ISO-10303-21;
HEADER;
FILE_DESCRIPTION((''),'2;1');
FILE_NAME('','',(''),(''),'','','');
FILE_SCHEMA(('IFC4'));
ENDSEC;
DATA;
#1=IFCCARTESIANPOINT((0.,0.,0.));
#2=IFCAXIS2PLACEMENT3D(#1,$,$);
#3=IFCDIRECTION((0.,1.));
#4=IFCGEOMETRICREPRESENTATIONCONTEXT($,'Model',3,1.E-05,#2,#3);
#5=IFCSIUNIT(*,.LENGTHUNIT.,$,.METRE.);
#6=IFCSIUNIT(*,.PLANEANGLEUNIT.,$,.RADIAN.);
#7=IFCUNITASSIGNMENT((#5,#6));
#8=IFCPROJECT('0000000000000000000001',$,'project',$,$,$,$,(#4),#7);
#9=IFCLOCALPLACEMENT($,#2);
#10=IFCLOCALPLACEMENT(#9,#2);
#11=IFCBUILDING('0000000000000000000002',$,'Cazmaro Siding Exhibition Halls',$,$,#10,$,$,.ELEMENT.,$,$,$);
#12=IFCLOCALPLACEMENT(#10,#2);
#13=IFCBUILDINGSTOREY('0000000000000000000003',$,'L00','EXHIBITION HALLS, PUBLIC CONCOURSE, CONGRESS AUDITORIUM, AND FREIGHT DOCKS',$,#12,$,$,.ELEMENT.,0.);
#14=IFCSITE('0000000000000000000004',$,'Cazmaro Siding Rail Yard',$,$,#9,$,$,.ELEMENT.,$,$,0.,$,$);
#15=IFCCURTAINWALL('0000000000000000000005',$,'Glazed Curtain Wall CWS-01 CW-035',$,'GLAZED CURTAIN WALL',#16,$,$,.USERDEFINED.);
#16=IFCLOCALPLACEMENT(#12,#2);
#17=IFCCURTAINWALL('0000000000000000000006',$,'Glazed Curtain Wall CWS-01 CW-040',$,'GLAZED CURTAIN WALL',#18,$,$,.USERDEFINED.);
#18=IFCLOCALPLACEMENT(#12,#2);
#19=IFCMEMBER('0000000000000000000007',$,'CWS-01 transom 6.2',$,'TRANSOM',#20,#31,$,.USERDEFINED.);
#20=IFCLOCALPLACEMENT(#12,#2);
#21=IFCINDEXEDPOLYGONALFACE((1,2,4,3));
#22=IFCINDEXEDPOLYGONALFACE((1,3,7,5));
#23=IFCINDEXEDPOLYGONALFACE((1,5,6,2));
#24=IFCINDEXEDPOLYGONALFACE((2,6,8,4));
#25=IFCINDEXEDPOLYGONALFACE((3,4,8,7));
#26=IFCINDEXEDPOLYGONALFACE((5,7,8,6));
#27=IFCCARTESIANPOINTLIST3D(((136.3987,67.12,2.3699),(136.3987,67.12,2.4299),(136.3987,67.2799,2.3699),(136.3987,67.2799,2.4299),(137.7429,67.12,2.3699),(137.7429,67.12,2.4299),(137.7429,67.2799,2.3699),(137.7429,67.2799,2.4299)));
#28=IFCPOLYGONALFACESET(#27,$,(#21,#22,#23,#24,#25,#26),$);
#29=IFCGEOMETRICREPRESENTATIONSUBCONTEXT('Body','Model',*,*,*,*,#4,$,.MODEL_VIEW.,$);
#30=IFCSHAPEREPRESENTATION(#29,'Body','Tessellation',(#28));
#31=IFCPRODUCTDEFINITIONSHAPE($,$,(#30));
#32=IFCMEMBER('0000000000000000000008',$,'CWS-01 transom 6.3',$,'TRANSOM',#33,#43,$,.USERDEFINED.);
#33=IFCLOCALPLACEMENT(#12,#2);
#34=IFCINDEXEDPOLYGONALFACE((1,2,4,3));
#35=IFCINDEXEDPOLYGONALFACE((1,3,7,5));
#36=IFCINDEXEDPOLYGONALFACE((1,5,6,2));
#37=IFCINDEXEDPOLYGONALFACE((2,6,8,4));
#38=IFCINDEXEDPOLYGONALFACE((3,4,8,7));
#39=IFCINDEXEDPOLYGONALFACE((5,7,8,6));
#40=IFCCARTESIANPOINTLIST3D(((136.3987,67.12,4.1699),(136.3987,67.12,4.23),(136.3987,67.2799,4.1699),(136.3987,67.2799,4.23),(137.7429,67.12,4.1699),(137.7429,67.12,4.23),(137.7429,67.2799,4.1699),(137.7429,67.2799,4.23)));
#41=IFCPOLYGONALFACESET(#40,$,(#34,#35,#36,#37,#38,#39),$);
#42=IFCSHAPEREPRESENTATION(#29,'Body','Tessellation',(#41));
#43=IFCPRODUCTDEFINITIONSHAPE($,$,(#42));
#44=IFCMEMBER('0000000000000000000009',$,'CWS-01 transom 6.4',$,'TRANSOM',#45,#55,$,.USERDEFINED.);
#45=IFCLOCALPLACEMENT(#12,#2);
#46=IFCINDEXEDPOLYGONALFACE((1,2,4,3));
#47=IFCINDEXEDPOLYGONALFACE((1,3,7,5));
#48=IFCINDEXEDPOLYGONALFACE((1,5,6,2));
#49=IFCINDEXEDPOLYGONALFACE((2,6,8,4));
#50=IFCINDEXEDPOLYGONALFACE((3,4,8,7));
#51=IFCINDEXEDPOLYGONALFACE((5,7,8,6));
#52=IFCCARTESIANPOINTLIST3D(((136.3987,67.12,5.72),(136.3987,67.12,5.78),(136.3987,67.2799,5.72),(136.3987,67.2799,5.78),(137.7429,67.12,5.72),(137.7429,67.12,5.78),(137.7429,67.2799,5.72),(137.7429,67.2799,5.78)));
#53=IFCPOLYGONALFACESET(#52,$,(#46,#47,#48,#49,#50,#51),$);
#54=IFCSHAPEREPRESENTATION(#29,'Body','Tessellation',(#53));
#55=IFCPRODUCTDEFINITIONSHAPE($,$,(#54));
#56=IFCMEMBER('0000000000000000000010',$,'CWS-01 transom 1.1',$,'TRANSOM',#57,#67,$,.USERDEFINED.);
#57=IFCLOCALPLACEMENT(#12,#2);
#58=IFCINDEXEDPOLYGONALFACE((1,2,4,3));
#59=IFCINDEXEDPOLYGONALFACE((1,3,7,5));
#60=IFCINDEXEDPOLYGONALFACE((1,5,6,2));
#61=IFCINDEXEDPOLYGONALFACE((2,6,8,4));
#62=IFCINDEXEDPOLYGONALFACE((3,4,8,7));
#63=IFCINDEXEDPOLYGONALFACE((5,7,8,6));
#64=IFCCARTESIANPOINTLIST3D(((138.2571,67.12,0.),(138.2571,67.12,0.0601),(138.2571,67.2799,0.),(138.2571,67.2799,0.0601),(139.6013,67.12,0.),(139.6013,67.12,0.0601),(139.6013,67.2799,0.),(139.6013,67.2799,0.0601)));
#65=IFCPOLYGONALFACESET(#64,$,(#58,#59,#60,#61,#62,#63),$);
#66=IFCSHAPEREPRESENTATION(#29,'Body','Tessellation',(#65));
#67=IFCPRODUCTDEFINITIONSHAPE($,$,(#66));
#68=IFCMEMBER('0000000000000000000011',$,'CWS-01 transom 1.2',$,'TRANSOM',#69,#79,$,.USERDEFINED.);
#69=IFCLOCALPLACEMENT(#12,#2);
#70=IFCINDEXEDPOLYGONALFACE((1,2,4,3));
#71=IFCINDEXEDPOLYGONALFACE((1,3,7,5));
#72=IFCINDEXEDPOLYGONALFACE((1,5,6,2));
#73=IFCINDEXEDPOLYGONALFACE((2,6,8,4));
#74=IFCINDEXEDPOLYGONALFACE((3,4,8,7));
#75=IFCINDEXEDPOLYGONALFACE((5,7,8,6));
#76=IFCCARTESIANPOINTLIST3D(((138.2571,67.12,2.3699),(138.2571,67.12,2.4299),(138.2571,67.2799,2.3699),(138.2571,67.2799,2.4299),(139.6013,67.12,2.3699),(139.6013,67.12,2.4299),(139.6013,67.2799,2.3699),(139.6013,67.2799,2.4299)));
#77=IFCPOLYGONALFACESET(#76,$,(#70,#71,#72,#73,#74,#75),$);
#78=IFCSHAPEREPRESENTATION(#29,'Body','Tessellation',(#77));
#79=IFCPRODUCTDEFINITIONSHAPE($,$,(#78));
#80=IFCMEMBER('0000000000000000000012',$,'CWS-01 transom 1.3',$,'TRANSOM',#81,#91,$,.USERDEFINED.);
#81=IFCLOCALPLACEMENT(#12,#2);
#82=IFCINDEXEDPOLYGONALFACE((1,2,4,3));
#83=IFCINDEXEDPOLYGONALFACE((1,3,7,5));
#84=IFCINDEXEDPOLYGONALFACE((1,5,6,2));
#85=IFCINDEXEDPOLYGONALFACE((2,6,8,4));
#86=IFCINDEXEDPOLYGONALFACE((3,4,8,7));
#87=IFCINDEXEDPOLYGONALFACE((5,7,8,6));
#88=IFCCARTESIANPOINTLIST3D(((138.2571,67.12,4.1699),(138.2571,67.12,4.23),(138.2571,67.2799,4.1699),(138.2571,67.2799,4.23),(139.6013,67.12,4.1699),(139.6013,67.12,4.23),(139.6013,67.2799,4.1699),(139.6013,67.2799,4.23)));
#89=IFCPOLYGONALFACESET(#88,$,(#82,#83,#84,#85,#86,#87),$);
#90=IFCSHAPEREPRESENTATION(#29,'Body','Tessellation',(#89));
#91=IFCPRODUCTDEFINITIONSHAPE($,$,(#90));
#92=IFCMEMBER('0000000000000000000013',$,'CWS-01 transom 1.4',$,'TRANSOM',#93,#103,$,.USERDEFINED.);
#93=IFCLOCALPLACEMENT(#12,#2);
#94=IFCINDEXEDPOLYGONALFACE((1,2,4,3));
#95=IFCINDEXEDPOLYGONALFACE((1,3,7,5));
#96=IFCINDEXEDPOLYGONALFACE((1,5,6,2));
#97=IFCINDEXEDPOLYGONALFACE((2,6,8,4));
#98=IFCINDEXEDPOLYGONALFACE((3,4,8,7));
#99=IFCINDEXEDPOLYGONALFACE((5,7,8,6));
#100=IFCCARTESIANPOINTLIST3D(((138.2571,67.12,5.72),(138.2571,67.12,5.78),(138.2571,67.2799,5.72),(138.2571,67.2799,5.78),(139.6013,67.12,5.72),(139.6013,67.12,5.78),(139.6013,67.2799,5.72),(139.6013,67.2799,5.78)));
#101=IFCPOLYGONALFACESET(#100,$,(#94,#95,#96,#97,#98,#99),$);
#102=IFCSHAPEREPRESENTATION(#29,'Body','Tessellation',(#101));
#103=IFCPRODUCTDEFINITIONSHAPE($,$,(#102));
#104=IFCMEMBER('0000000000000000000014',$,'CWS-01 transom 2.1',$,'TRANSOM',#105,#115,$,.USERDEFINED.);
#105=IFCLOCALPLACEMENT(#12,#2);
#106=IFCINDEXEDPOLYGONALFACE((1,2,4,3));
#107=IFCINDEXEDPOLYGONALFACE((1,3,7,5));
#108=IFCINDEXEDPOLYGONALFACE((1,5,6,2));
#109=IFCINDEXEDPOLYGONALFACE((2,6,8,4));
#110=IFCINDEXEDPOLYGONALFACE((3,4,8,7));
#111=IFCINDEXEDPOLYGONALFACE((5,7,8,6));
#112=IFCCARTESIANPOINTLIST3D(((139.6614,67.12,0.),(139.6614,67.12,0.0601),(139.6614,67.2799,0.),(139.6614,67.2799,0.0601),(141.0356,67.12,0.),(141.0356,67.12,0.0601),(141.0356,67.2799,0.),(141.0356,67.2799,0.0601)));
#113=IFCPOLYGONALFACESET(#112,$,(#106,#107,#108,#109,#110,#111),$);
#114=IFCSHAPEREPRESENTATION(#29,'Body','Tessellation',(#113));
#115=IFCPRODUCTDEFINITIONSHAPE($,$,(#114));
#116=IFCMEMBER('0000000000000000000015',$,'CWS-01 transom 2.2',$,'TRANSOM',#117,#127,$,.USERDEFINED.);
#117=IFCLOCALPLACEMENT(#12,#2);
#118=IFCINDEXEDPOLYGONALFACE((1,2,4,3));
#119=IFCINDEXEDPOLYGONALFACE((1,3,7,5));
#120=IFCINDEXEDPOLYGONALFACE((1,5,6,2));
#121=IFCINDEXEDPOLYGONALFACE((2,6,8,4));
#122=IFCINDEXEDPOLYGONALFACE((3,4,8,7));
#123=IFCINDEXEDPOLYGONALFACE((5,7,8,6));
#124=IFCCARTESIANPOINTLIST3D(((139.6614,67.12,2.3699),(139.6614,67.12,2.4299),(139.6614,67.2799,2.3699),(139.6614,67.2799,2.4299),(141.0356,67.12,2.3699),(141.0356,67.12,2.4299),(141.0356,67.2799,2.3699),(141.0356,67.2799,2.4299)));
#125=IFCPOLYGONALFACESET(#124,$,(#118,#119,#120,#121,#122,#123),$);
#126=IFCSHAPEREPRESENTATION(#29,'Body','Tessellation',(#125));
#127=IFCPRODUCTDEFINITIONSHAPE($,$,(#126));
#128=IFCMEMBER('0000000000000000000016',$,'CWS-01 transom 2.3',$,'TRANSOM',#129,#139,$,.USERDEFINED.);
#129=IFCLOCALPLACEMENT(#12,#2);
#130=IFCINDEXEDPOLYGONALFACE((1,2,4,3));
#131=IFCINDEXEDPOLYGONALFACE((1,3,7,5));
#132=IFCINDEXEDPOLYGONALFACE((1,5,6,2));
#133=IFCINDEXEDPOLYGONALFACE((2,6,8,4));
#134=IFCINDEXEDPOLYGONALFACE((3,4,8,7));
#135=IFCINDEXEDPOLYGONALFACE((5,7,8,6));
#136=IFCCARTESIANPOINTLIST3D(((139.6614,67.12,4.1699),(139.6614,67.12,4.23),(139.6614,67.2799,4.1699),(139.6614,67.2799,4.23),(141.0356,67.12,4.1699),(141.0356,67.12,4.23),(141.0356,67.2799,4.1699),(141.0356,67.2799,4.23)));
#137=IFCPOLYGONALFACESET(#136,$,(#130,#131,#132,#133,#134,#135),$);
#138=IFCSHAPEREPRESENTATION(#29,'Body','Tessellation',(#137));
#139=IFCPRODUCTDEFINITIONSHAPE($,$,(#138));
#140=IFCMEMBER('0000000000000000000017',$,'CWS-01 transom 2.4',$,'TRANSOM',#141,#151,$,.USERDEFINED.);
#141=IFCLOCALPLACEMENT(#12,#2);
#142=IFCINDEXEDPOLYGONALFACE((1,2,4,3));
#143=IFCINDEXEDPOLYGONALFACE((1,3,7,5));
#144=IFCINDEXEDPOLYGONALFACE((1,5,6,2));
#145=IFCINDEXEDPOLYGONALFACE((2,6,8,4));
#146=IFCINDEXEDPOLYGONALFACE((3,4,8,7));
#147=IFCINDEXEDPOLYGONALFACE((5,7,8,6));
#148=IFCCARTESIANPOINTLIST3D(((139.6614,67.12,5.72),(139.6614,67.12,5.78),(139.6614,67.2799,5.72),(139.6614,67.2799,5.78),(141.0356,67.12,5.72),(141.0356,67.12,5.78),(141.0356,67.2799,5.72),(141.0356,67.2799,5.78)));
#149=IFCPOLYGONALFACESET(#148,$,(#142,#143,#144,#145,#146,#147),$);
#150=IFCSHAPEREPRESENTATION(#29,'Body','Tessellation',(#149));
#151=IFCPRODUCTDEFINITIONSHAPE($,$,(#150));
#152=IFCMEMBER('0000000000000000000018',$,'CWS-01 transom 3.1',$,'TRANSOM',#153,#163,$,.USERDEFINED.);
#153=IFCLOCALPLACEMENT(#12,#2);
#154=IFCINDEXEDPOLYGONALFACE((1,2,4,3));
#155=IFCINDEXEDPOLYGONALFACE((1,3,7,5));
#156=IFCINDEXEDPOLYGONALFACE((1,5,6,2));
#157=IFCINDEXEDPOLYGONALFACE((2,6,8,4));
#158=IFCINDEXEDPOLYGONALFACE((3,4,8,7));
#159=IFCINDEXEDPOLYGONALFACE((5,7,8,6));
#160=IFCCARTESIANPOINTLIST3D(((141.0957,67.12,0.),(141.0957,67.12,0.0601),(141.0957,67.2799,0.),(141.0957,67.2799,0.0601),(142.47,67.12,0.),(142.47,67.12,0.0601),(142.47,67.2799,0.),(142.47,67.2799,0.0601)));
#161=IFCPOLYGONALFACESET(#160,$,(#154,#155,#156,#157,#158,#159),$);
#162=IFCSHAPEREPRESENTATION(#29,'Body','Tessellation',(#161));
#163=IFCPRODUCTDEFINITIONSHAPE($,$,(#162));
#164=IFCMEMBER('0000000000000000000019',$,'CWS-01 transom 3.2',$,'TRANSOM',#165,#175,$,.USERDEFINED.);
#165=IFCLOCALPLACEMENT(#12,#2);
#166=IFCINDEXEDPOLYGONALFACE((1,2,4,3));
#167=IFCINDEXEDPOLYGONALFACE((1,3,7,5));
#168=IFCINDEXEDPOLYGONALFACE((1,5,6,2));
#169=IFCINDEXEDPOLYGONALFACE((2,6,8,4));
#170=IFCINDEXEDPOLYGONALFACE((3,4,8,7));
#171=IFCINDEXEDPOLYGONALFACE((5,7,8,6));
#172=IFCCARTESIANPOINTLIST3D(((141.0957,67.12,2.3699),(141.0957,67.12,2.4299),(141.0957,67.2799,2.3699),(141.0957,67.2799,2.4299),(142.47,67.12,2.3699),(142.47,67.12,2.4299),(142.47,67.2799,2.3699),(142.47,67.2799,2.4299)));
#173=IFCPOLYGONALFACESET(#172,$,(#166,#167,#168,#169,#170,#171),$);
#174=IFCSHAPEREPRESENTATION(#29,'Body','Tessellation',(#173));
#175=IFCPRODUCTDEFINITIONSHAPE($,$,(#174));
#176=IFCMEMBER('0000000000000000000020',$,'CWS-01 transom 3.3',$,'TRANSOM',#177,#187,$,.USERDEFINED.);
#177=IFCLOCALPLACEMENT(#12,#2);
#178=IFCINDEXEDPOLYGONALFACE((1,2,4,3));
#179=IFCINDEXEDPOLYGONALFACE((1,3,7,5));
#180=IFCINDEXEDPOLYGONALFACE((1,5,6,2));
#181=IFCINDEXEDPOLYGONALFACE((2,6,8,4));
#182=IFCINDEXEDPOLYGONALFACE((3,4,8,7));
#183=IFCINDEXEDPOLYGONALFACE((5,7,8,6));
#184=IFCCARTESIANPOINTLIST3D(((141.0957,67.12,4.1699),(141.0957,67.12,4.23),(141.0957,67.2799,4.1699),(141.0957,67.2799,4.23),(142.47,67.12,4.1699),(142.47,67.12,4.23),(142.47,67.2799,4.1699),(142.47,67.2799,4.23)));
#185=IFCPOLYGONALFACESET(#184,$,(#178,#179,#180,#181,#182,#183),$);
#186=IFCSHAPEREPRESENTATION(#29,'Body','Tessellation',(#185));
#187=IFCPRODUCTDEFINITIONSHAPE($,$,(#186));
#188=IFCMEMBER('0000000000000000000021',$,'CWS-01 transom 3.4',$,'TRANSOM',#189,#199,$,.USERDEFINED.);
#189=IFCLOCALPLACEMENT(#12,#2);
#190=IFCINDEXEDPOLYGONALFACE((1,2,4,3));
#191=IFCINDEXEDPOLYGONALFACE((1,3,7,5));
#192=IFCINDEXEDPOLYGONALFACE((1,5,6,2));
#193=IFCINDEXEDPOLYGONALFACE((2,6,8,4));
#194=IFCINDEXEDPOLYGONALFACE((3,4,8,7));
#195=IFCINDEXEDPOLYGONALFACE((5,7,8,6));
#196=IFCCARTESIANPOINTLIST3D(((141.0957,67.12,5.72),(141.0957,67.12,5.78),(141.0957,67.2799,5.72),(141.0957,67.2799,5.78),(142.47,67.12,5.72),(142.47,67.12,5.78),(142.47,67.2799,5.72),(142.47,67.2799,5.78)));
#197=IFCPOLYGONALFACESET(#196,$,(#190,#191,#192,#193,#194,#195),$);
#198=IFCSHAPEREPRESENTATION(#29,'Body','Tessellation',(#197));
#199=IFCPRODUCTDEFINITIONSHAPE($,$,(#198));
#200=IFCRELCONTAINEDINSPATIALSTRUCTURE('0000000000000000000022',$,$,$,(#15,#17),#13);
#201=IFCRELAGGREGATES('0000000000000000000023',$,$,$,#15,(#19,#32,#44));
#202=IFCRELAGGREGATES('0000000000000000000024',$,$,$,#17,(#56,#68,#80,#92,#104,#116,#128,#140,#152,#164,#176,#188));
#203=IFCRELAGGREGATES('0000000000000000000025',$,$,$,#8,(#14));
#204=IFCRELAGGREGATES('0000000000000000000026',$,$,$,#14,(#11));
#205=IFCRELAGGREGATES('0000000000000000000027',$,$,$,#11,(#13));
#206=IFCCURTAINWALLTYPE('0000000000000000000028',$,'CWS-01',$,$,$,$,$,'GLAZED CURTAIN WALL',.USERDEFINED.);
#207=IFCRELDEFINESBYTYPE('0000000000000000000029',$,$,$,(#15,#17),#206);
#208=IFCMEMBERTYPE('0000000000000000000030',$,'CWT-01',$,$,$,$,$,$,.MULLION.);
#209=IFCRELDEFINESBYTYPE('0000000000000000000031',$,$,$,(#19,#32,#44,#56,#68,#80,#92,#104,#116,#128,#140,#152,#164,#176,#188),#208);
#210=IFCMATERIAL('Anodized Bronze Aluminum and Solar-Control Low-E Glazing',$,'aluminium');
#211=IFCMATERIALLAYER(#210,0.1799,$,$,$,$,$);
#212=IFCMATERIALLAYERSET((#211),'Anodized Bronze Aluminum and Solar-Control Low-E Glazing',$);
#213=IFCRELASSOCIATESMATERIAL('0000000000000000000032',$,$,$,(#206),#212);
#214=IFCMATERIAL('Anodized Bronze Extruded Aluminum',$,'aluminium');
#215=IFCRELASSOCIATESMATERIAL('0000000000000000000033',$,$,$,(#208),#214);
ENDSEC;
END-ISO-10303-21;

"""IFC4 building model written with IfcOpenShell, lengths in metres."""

from ifc_helpers import new_model, si_unit, direction, frame, origin, origin_2d, place, context, subcontext, project, spatial, rectangle, extrude, material, layer, layer_set, material_profile, profile_set, type_object, element, aggregate, save


model = new_model("IFC4")

# Units and contexts
model_context = context("Model", 3, precision=1e-05, world=origin(), true_north=direction((0.0, 1.0)))
body_context = subcontext(model_context, "Body", "Model", "MODEL_VIEW")
ifc_project = project(units=[si_unit("LENGTHUNIT", "METRE"), si_unit("PLANEANGLEUNIT", "RADIAN")], contexts=[model_context])

# Site, building, storey
site_placement = place(None, origin())
site = spatial("IfcSite", under=ifc_project, at=site_placement, Name="Cazmaro Siding Rail Yard", CompositionType="ELEMENT", RefElevation=0.0)
building_placement = place(site_placement, origin())
building = spatial("IfcBuilding", under=site, at=building_placement, Name="Cazmaro Siding Exhibition Halls", CompositionType="ELEMENT")
storey_placement = place(building_placement, origin())
storey = spatial("IfcBuildingStorey", under=building, at=storey_placement, Name="L00", Description="EXHIBITION HALLS, PUBLIC CONCOURSE, CONGRESS AUDITORIUM, AND FREIGHT DOCKS", CompositionType="ELEMENT", Elevation=0.0)

# Curtain walls
ifc_material_1 = material(Name="Anodized Bronze Aluminum and Solar-Control Low-E Glazing", Category="aluminium")
ifc_layer_1 = layer(ifc_material_1, 0.1799)
ifc_layer_set_1 = layer_set([ifc_layer_1], Name="Anodized Bronze Aluminum and Solar-Control Low-E Glazing")
curtain_wall_type = type_object("IfcCurtainWallType", Name="CWS-01", ElementType="GLAZED CURTAIN WALL", PredefinedType="USERDEFINED", material=ifc_layer_set_1)
curtain_wall_1_placement = place(storey_placement, origin())
curtain_wall_1 = element("IfcCurtainWall", 1, at=curtain_wall_1_placement, inside=storey, type_object=curtain_wall_type, Name="Glazed Curtain Wall CWS-01 CW-035", ObjectType="GLAZED CURTAIN WALL", PredefinedType="USERDEFINED")
curtain_wall_2_placement = place(storey_placement, origin())
curtain_wall_2 = element("IfcCurtainWall", 2, at=curtain_wall_2_placement, inside=storey, type_object=curtain_wall_type, Name="Glazed Curtain Wall CWS-01 CW-040", ObjectType="GLAZED CURTAIN WALL", PredefinedType="USERDEFINED")

# Members
ifc_material_2 = material(Name="Anodized Bronze Extruded Aluminum", Category="aluminium")
ifc_material_profile_1 = material_profile(ifc_material_2, rectangle(XDim=0.1599, YDim=0.0601, at=origin_2d()), Name="CWT-01")
ifc_profile_set_1 = profile_set([ifc_material_profile_1], Name="Anodized Bronze Extruded Aluminum")
member_type_1 = type_object("IfcMemberType", Name="CWT-01", PredefinedType="MULLION", material=ifc_profile_set_1)
member_1_placement = place(storey_placement, frame((136.3987, 67.2, 2.3999), z_axis=(1.0, 0.0, 0.0), x_axis=(0.0, 1.0, 0.0)))
member_1 = element("IfcMember", 3, at=member_1_placement, type_object=member_type_1, Name="CWS-01 transom 6.2", ObjectType="TRANSOM", PredefinedType="USERDEFINED", context=body_context, shape_type="SweptSolid", body=[
    extrude(rectangle(XDim=0.1599, YDim=0.0601, at=origin_2d()), origin(), (0.0, 0.0, 1.0), 1.3442),
])
member_2_placement = place(storey_placement, frame((136.3987, 67.2, 4.2), z_axis=(1.0, 0.0, 0.0), x_axis=(0.0, 1.0, 0.0)))
member_2 = element("IfcMember", 4, at=member_2_placement, type_object=member_type_1, Name="CWS-01 transom 6.3", ObjectType="TRANSOM", PredefinedType="USERDEFINED", context=body_context, shape_type="SweptSolid", body=[
    extrude(rectangle(XDim=0.1599, YDim=0.0601, at=origin_2d()), origin(), (0.0, 0.0, 1.0), 1.3442),
])
member_3_placement = place(storey_placement, frame((136.3987, 67.2, 5.75), z_axis=(1.0, 0.0, 0.0), x_axis=(0.0, 1.0, 0.0)))
member_3 = element("IfcMember", 5, at=member_3_placement, type_object=member_type_1, Name="CWS-01 transom 6.4", ObjectType="TRANSOM", PredefinedType="USERDEFINED", context=body_context, shape_type="SweptSolid", body=[
    extrude(rectangle(XDim=0.1599, YDim=0.0601, at=origin_2d()), origin(), (0.0, 0.0, 1.0), 1.3442),
])
member_4_placement = place(storey_placement, frame((138.2571, 67.2, 0.03), z_axis=(1.0, 0.0, 0.0), x_axis=(0.0, 1.0, 0.0)))
member_4 = element("IfcMember", 6, at=member_4_placement, type_object=member_type_1, Name="CWS-01 transom 1.1", ObjectType="TRANSOM", PredefinedType="USERDEFINED", context=body_context, shape_type="SweptSolid", body=[
    extrude(rectangle(XDim=0.1599, YDim=0.0601, at=origin_2d()), origin(), (0.0, 0.0, 1.0), 1.3442),
])
member_5_placement = place(storey_placement, frame((138.2571, 67.2, 2.3999), z_axis=(1.0, 0.0, 0.0), x_axis=(0.0, 1.0, 0.0)))
member_5 = element("IfcMember", 7, at=member_5_placement, type_object=member_type_1, Name="CWS-01 transom 1.2", ObjectType="TRANSOM", PredefinedType="USERDEFINED", context=body_context, shape_type="SweptSolid", body=[
    extrude(rectangle(XDim=0.1599, YDim=0.0601, at=origin_2d()), origin(), (0.0, 0.0, 1.0), 1.3442),
])
member_6_placement = place(storey_placement, frame((138.2571, 67.2, 4.2), z_axis=(1.0, 0.0, 0.0), x_axis=(0.0, 1.0, 0.0)))
member_6 = element("IfcMember", 8, at=member_6_placement, type_object=member_type_1, Name="CWS-01 transom 1.3", ObjectType="TRANSOM", PredefinedType="USERDEFINED", context=body_context, shape_type="SweptSolid", body=[
    extrude(rectangle(XDim=0.1599, YDim=0.0601, at=origin_2d()), origin(), (0.0, 0.0, 1.0), 1.3442),
])
member_7_placement = place(storey_placement, frame((138.2571, 67.2, 5.75), z_axis=(1.0, 0.0, 0.0), x_axis=(0.0, 1.0, 0.0)))
member_7 = element("IfcMember", 9, at=member_7_placement, type_object=member_type_1, Name="CWS-01 transom 1.4", ObjectType="TRANSOM", PredefinedType="USERDEFINED", context=body_context, shape_type="SweptSolid", body=[
    extrude(rectangle(XDim=0.1599, YDim=0.0601, at=origin_2d()), origin(), (0.0, 0.0, 1.0), 1.3442),
])
member_8_placement = place(storey_placement, frame((139.6614, 67.2, 0.03), z_axis=(1.0, 0.0, 0.0), x_axis=(0.0, 1.0, 0.0)))
member_8 = element("IfcMember", 10, at=member_8_placement, type_object=member_type_1, Name="CWS-01 transom 2.1", ObjectType="TRANSOM", PredefinedType="USERDEFINED", context=body_context, shape_type="SweptSolid", body=[
    extrude(rectangle(XDim=0.1599, YDim=0.0601, at=origin_2d()), origin(), (0.0, 0.0, 1.0), 1.3743),
])
member_9_placement = place(storey_placement, frame((139.6614, 67.2, 2.3999), z_axis=(1.0, 0.0, 0.0), x_axis=(0.0, 1.0, 0.0)))
member_9 = element("IfcMember", 11, at=member_9_placement, type_object=member_type_1, Name="CWS-01 transom 2.2", ObjectType="TRANSOM", PredefinedType="USERDEFINED", context=body_context, shape_type="SweptSolid", body=[
    extrude(rectangle(XDim=0.1599, YDim=0.0601, at=origin_2d()), origin(), (0.0, 0.0, 1.0), 1.3743),
])
member_10_placement = place(storey_placement, frame((139.6614, 67.2, 4.2), z_axis=(1.0, 0.0, 0.0), x_axis=(0.0, 1.0, 0.0)))
member_10 = element("IfcMember", 12, at=member_10_placement, type_object=member_type_1, Name="CWS-01 transom 2.3", ObjectType="TRANSOM", PredefinedType="USERDEFINED", context=body_context, shape_type="SweptSolid", body=[
    extrude(rectangle(XDim=0.1599, YDim=0.0601, at=origin_2d()), origin(), (0.0, 0.0, 1.0), 1.3743),
])
member_11_placement = place(storey_placement, frame((139.6614, 67.2, 5.75), z_axis=(1.0, 0.0, 0.0), x_axis=(0.0, 1.0, 0.0)))
member_11 = element("IfcMember", 13, at=member_11_placement, type_object=member_type_1, Name="CWS-01 transom 2.4", ObjectType="TRANSOM", PredefinedType="USERDEFINED", context=body_context, shape_type="SweptSolid", body=[
    extrude(rectangle(XDim=0.1599, YDim=0.0601, at=origin_2d()), origin(), (0.0, 0.0, 1.0), 1.3743),
])
member_12_placement = place(storey_placement, frame((141.0957, 67.2, 0.03), z_axis=(1.0, 0.0, 0.0), x_axis=(0.0, 1.0, 0.0)))
member_12 = element("IfcMember", 14, at=member_12_placement, type_object=member_type_1, Name="CWS-01 transom 3.1", ObjectType="TRANSOM", PredefinedType="USERDEFINED", context=body_context, shape_type="SweptSolid", body=[
    extrude(rectangle(XDim=0.1599, YDim=0.0601, at=origin_2d()), origin(), (0.0, 0.0, 1.0), 1.3743),
])
member_13_placement = place(storey_placement, frame((141.0957, 67.2, 2.3999), z_axis=(1.0, 0.0, 0.0), x_axis=(0.0, 1.0, 0.0)))
member_13 = element("IfcMember", 15, at=member_13_placement, type_object=member_type_1, Name="CWS-01 transom 3.2", ObjectType="TRANSOM", PredefinedType="USERDEFINED", context=body_context, shape_type="SweptSolid", body=[
    extrude(rectangle(XDim=0.1599, YDim=0.0601, at=origin_2d()), origin(), (0.0, 0.0, 1.0), 1.3743),
])
member_14_placement = place(storey_placement, frame((141.0957, 67.2, 4.2), z_axis=(1.0, 0.0, 0.0), x_axis=(0.0, 1.0, 0.0)))
member_14 = element("IfcMember", 16, at=member_14_placement, type_object=member_type_1, Name="CWS-01 transom 3.3", ObjectType="TRANSOM", PredefinedType="USERDEFINED", context=body_context, shape_type="SweptSolid", body=[
    extrude(rectangle(XDim=0.1599, YDim=0.0601, at=origin_2d()), origin(), (0.0, 0.0, 1.0), 1.3743),
])
member_15_placement = place(storey_placement, frame((141.0957, 67.2, 5.75), z_axis=(1.0, 0.0, 0.0), x_axis=(0.0, 1.0, 0.0)))
member_15 = element("IfcMember", 17, at=member_15_placement, type_object=member_type_1, Name="CWS-01 transom 3.4", ObjectType="TRANSOM", PredefinedType="USERDEFINED", context=body_context, shape_type="SweptSolid", body=[
    extrude(rectangle(XDim=0.1599, YDim=0.0601, at=origin_2d()), origin(), (0.0, 0.0, 1.0), 1.3743),
])

aggregate(curtain_wall_1, [member_1, member_2, member_3])
aggregate(curtain_wall_2, [member_4, member_5, member_6, member_7, member_8, member_9, member_10, member_11, member_12, member_13, member_14, member_15])

save(model, "model.ifc")
